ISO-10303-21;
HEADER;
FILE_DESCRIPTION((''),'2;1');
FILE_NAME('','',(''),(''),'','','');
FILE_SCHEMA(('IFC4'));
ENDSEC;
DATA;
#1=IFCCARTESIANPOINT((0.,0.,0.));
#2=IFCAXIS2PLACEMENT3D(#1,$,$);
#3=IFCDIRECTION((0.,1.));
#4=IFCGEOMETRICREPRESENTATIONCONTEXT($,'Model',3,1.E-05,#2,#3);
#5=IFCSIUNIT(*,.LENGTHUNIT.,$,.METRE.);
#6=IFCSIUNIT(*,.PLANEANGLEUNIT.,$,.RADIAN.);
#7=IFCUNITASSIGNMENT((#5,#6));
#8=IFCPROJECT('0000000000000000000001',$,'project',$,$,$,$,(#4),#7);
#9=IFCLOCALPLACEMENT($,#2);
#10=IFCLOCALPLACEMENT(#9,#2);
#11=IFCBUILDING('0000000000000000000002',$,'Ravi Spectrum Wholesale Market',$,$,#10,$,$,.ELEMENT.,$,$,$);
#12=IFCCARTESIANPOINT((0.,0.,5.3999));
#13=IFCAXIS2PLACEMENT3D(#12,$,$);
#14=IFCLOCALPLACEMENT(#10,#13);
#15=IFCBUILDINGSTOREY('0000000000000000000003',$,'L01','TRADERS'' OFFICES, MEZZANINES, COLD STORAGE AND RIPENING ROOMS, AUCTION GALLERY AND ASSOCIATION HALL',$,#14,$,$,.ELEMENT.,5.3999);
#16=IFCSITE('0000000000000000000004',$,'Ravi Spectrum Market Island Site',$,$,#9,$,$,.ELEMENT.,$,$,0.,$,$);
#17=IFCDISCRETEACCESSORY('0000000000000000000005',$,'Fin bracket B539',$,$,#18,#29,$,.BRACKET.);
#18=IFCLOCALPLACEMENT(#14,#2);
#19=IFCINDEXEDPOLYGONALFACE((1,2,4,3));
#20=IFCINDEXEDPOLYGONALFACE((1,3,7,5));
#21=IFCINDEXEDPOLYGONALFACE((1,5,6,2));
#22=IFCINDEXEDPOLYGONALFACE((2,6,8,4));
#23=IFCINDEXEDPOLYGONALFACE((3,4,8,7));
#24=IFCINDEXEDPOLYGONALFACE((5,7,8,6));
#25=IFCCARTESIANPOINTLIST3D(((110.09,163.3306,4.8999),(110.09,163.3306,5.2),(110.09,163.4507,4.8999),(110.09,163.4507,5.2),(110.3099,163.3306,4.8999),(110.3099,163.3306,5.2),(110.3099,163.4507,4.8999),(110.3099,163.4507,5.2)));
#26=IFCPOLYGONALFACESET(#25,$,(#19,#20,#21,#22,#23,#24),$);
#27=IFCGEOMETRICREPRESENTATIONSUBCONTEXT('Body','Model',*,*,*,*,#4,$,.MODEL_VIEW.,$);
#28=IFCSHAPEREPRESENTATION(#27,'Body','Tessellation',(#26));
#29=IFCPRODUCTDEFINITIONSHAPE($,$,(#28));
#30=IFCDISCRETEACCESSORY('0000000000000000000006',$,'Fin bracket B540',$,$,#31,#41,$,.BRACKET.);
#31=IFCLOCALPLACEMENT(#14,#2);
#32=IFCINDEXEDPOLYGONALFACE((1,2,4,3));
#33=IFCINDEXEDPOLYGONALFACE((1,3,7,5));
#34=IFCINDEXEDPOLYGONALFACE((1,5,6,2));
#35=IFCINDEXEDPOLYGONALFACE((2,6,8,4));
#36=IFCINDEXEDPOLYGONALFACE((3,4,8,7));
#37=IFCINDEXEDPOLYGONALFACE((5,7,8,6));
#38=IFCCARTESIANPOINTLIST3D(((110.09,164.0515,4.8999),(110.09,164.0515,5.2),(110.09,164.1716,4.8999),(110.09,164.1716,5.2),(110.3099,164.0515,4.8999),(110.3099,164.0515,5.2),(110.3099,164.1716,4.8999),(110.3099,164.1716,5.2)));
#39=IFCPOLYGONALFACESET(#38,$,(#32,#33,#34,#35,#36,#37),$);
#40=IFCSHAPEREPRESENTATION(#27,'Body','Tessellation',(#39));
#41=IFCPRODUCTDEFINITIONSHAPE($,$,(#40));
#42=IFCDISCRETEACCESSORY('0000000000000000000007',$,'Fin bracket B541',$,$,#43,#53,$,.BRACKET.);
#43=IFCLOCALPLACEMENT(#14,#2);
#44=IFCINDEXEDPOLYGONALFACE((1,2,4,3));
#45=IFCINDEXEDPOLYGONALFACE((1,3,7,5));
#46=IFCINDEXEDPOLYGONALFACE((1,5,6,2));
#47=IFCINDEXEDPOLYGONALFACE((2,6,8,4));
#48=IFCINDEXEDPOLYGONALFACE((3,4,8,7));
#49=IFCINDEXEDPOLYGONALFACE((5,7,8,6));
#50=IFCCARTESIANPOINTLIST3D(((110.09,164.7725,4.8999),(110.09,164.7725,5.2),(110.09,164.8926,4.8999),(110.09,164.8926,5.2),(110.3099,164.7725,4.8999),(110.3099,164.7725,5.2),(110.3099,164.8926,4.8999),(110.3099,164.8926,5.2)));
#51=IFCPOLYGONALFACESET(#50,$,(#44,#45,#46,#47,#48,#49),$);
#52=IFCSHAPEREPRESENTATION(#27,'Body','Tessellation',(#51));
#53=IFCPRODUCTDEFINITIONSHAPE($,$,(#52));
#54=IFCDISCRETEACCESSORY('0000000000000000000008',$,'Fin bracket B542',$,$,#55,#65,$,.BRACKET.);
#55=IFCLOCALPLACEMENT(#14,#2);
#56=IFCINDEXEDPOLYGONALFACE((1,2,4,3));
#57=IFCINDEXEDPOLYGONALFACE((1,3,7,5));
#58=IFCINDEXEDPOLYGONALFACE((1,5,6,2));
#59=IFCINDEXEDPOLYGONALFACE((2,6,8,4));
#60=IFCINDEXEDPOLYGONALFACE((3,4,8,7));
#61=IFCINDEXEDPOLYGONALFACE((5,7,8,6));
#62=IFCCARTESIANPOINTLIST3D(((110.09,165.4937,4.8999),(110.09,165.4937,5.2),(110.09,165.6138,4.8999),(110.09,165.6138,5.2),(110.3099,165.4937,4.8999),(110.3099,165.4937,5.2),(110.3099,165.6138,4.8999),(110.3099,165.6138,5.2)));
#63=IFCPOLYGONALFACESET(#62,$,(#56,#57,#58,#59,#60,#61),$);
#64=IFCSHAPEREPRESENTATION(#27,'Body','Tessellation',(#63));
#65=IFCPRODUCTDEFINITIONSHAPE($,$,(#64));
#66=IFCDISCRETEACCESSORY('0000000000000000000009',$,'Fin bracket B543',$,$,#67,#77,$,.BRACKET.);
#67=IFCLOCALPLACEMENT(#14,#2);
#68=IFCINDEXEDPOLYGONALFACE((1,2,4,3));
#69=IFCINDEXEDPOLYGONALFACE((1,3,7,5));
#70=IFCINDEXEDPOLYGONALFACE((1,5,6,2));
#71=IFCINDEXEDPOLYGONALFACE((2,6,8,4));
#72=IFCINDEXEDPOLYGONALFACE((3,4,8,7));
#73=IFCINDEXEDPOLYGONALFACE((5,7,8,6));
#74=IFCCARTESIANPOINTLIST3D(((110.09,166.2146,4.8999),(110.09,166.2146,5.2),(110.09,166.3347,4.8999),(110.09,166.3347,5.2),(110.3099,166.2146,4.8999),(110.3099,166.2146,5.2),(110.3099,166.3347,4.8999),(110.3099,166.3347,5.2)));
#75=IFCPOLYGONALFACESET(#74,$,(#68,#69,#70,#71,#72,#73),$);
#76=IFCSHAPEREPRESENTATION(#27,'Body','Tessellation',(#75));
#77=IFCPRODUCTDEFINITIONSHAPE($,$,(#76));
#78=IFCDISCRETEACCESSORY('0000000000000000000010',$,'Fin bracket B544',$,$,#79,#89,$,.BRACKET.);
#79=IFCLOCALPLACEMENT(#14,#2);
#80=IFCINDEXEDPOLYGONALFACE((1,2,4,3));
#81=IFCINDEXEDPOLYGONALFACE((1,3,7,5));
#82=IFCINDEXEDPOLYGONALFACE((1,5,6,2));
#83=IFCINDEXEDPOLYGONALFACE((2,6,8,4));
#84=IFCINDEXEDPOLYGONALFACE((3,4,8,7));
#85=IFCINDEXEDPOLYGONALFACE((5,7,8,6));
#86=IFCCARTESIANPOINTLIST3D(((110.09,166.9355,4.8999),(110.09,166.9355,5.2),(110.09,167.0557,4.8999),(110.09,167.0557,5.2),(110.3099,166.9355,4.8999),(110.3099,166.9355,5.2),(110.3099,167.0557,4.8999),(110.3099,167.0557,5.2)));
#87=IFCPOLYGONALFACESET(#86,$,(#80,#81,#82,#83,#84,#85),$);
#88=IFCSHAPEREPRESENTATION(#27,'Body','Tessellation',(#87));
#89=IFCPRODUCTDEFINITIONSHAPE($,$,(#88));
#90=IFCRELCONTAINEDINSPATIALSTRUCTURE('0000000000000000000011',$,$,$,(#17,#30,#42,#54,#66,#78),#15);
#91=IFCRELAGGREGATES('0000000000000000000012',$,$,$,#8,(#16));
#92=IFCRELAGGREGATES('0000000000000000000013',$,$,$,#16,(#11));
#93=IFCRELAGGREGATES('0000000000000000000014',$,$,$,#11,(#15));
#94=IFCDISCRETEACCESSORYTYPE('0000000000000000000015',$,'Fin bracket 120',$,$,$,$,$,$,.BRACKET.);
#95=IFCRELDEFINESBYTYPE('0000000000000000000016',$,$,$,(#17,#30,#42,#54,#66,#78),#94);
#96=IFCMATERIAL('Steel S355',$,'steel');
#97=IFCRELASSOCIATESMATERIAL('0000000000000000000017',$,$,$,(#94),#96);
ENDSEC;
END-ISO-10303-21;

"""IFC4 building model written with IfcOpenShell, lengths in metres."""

from ifc_helpers import new_model, si_unit, direction, frame, origin, origin_2d, place, context, subcontext, project, spatial, rectangle, extrude, material, type_object, element, save


model = new_model("IFC4")

# Units and contexts
model_context = context("Model", 3, precision=1e-05, world=origin(), true_north=direction((0.0, 1.0)))
body_context = subcontext(model_context, "Body", "Model", "MODEL_VIEW")
ifc_project = project(units=[si_unit("LENGTHUNIT", "METRE"), si_unit("PLANEANGLEUNIT", "RADIAN")], contexts=[model_context])

# Site, building, storey
site_placement = place(None, origin())
site = spatial("IfcSite", under=ifc_project, at=site_placement, Name="Ravi Spectrum Market Island Site", CompositionType="ELEMENT", RefElevation=0.0)
building_placement = place(site_placement, origin())
building = spatial("IfcBuilding", under=site, at=building_placement, Name="Ravi Spectrum Wholesale Market", CompositionType="ELEMENT")
storey_placement = place(building_placement, frame((0.0, 0.0, 5.3999)))
storey = spatial("IfcBuildingStorey", under=building, at=storey_placement, Name="L01", Description="TRADERS' OFFICES, MEZZANINES, COLD STORAGE AND RIPENING ROOMS, AUCTION GALLERY AND ASSOCIATION HALL", CompositionType="ELEMENT", Elevation=5.3999)

# Discrete accessories
ifc_material_1 = material(Name="Steel S355", Category="steel")
discrete_accessory_type = type_object("IfcDiscreteAccessoryType", Name="Fin bracket 120", PredefinedType="BRACKET", material=ifc_material_1)
for number, where, z_axis, x_axis, name in (
    (1, (110.2, 163.3906, 4.8999), (0.0, 0.0, 1.0), (0.0, 1.0, 0.0), "Fin bracket B539"),
    (2, (110.2, 164.1116, 4.8999), (0.0, 0.0, 1.0), (0.0, 1.0, 0.0), "Fin bracket B540"),
    (3, (110.2, 164.8325, 4.8999), (0.0, 0.0, 1.0), (0.0, 1.0, 0.0), "Fin bracket B541"),
    (4, (110.2, 165.5537, 4.8999), (0.0, 0.0, 1.0), (0.0, 1.0, 0.0), "Fin bracket B542"),
    (5, (110.2, 166.2747, 4.8999), (0.0, 0.0, 1.0), (0.0, 1.0, 0.0), "Fin bracket B543"),
    (6, (110.2, 166.9956, 4.8999), (0.0, 0.0, 1.0), (0.0, 1.0, 0.0), "Fin bracket B544"),
):
    element("IfcDiscreteAccessory", number, at=place(storey_placement, frame(where, z_axis=z_axis, x_axis=x_axis)), inside=storey, type_object=discrete_accessory_type, Name=name, PredefinedType="BRACKET", context=body_context, shape_type="SweptSolid", body=[
        extrude(rectangle(XDim=0.1201, YDim=0.22, at=origin_2d()), origin(), (0.0, 0.0, 1.0), 0.3),
    ])

save(model, "model.ifc")
